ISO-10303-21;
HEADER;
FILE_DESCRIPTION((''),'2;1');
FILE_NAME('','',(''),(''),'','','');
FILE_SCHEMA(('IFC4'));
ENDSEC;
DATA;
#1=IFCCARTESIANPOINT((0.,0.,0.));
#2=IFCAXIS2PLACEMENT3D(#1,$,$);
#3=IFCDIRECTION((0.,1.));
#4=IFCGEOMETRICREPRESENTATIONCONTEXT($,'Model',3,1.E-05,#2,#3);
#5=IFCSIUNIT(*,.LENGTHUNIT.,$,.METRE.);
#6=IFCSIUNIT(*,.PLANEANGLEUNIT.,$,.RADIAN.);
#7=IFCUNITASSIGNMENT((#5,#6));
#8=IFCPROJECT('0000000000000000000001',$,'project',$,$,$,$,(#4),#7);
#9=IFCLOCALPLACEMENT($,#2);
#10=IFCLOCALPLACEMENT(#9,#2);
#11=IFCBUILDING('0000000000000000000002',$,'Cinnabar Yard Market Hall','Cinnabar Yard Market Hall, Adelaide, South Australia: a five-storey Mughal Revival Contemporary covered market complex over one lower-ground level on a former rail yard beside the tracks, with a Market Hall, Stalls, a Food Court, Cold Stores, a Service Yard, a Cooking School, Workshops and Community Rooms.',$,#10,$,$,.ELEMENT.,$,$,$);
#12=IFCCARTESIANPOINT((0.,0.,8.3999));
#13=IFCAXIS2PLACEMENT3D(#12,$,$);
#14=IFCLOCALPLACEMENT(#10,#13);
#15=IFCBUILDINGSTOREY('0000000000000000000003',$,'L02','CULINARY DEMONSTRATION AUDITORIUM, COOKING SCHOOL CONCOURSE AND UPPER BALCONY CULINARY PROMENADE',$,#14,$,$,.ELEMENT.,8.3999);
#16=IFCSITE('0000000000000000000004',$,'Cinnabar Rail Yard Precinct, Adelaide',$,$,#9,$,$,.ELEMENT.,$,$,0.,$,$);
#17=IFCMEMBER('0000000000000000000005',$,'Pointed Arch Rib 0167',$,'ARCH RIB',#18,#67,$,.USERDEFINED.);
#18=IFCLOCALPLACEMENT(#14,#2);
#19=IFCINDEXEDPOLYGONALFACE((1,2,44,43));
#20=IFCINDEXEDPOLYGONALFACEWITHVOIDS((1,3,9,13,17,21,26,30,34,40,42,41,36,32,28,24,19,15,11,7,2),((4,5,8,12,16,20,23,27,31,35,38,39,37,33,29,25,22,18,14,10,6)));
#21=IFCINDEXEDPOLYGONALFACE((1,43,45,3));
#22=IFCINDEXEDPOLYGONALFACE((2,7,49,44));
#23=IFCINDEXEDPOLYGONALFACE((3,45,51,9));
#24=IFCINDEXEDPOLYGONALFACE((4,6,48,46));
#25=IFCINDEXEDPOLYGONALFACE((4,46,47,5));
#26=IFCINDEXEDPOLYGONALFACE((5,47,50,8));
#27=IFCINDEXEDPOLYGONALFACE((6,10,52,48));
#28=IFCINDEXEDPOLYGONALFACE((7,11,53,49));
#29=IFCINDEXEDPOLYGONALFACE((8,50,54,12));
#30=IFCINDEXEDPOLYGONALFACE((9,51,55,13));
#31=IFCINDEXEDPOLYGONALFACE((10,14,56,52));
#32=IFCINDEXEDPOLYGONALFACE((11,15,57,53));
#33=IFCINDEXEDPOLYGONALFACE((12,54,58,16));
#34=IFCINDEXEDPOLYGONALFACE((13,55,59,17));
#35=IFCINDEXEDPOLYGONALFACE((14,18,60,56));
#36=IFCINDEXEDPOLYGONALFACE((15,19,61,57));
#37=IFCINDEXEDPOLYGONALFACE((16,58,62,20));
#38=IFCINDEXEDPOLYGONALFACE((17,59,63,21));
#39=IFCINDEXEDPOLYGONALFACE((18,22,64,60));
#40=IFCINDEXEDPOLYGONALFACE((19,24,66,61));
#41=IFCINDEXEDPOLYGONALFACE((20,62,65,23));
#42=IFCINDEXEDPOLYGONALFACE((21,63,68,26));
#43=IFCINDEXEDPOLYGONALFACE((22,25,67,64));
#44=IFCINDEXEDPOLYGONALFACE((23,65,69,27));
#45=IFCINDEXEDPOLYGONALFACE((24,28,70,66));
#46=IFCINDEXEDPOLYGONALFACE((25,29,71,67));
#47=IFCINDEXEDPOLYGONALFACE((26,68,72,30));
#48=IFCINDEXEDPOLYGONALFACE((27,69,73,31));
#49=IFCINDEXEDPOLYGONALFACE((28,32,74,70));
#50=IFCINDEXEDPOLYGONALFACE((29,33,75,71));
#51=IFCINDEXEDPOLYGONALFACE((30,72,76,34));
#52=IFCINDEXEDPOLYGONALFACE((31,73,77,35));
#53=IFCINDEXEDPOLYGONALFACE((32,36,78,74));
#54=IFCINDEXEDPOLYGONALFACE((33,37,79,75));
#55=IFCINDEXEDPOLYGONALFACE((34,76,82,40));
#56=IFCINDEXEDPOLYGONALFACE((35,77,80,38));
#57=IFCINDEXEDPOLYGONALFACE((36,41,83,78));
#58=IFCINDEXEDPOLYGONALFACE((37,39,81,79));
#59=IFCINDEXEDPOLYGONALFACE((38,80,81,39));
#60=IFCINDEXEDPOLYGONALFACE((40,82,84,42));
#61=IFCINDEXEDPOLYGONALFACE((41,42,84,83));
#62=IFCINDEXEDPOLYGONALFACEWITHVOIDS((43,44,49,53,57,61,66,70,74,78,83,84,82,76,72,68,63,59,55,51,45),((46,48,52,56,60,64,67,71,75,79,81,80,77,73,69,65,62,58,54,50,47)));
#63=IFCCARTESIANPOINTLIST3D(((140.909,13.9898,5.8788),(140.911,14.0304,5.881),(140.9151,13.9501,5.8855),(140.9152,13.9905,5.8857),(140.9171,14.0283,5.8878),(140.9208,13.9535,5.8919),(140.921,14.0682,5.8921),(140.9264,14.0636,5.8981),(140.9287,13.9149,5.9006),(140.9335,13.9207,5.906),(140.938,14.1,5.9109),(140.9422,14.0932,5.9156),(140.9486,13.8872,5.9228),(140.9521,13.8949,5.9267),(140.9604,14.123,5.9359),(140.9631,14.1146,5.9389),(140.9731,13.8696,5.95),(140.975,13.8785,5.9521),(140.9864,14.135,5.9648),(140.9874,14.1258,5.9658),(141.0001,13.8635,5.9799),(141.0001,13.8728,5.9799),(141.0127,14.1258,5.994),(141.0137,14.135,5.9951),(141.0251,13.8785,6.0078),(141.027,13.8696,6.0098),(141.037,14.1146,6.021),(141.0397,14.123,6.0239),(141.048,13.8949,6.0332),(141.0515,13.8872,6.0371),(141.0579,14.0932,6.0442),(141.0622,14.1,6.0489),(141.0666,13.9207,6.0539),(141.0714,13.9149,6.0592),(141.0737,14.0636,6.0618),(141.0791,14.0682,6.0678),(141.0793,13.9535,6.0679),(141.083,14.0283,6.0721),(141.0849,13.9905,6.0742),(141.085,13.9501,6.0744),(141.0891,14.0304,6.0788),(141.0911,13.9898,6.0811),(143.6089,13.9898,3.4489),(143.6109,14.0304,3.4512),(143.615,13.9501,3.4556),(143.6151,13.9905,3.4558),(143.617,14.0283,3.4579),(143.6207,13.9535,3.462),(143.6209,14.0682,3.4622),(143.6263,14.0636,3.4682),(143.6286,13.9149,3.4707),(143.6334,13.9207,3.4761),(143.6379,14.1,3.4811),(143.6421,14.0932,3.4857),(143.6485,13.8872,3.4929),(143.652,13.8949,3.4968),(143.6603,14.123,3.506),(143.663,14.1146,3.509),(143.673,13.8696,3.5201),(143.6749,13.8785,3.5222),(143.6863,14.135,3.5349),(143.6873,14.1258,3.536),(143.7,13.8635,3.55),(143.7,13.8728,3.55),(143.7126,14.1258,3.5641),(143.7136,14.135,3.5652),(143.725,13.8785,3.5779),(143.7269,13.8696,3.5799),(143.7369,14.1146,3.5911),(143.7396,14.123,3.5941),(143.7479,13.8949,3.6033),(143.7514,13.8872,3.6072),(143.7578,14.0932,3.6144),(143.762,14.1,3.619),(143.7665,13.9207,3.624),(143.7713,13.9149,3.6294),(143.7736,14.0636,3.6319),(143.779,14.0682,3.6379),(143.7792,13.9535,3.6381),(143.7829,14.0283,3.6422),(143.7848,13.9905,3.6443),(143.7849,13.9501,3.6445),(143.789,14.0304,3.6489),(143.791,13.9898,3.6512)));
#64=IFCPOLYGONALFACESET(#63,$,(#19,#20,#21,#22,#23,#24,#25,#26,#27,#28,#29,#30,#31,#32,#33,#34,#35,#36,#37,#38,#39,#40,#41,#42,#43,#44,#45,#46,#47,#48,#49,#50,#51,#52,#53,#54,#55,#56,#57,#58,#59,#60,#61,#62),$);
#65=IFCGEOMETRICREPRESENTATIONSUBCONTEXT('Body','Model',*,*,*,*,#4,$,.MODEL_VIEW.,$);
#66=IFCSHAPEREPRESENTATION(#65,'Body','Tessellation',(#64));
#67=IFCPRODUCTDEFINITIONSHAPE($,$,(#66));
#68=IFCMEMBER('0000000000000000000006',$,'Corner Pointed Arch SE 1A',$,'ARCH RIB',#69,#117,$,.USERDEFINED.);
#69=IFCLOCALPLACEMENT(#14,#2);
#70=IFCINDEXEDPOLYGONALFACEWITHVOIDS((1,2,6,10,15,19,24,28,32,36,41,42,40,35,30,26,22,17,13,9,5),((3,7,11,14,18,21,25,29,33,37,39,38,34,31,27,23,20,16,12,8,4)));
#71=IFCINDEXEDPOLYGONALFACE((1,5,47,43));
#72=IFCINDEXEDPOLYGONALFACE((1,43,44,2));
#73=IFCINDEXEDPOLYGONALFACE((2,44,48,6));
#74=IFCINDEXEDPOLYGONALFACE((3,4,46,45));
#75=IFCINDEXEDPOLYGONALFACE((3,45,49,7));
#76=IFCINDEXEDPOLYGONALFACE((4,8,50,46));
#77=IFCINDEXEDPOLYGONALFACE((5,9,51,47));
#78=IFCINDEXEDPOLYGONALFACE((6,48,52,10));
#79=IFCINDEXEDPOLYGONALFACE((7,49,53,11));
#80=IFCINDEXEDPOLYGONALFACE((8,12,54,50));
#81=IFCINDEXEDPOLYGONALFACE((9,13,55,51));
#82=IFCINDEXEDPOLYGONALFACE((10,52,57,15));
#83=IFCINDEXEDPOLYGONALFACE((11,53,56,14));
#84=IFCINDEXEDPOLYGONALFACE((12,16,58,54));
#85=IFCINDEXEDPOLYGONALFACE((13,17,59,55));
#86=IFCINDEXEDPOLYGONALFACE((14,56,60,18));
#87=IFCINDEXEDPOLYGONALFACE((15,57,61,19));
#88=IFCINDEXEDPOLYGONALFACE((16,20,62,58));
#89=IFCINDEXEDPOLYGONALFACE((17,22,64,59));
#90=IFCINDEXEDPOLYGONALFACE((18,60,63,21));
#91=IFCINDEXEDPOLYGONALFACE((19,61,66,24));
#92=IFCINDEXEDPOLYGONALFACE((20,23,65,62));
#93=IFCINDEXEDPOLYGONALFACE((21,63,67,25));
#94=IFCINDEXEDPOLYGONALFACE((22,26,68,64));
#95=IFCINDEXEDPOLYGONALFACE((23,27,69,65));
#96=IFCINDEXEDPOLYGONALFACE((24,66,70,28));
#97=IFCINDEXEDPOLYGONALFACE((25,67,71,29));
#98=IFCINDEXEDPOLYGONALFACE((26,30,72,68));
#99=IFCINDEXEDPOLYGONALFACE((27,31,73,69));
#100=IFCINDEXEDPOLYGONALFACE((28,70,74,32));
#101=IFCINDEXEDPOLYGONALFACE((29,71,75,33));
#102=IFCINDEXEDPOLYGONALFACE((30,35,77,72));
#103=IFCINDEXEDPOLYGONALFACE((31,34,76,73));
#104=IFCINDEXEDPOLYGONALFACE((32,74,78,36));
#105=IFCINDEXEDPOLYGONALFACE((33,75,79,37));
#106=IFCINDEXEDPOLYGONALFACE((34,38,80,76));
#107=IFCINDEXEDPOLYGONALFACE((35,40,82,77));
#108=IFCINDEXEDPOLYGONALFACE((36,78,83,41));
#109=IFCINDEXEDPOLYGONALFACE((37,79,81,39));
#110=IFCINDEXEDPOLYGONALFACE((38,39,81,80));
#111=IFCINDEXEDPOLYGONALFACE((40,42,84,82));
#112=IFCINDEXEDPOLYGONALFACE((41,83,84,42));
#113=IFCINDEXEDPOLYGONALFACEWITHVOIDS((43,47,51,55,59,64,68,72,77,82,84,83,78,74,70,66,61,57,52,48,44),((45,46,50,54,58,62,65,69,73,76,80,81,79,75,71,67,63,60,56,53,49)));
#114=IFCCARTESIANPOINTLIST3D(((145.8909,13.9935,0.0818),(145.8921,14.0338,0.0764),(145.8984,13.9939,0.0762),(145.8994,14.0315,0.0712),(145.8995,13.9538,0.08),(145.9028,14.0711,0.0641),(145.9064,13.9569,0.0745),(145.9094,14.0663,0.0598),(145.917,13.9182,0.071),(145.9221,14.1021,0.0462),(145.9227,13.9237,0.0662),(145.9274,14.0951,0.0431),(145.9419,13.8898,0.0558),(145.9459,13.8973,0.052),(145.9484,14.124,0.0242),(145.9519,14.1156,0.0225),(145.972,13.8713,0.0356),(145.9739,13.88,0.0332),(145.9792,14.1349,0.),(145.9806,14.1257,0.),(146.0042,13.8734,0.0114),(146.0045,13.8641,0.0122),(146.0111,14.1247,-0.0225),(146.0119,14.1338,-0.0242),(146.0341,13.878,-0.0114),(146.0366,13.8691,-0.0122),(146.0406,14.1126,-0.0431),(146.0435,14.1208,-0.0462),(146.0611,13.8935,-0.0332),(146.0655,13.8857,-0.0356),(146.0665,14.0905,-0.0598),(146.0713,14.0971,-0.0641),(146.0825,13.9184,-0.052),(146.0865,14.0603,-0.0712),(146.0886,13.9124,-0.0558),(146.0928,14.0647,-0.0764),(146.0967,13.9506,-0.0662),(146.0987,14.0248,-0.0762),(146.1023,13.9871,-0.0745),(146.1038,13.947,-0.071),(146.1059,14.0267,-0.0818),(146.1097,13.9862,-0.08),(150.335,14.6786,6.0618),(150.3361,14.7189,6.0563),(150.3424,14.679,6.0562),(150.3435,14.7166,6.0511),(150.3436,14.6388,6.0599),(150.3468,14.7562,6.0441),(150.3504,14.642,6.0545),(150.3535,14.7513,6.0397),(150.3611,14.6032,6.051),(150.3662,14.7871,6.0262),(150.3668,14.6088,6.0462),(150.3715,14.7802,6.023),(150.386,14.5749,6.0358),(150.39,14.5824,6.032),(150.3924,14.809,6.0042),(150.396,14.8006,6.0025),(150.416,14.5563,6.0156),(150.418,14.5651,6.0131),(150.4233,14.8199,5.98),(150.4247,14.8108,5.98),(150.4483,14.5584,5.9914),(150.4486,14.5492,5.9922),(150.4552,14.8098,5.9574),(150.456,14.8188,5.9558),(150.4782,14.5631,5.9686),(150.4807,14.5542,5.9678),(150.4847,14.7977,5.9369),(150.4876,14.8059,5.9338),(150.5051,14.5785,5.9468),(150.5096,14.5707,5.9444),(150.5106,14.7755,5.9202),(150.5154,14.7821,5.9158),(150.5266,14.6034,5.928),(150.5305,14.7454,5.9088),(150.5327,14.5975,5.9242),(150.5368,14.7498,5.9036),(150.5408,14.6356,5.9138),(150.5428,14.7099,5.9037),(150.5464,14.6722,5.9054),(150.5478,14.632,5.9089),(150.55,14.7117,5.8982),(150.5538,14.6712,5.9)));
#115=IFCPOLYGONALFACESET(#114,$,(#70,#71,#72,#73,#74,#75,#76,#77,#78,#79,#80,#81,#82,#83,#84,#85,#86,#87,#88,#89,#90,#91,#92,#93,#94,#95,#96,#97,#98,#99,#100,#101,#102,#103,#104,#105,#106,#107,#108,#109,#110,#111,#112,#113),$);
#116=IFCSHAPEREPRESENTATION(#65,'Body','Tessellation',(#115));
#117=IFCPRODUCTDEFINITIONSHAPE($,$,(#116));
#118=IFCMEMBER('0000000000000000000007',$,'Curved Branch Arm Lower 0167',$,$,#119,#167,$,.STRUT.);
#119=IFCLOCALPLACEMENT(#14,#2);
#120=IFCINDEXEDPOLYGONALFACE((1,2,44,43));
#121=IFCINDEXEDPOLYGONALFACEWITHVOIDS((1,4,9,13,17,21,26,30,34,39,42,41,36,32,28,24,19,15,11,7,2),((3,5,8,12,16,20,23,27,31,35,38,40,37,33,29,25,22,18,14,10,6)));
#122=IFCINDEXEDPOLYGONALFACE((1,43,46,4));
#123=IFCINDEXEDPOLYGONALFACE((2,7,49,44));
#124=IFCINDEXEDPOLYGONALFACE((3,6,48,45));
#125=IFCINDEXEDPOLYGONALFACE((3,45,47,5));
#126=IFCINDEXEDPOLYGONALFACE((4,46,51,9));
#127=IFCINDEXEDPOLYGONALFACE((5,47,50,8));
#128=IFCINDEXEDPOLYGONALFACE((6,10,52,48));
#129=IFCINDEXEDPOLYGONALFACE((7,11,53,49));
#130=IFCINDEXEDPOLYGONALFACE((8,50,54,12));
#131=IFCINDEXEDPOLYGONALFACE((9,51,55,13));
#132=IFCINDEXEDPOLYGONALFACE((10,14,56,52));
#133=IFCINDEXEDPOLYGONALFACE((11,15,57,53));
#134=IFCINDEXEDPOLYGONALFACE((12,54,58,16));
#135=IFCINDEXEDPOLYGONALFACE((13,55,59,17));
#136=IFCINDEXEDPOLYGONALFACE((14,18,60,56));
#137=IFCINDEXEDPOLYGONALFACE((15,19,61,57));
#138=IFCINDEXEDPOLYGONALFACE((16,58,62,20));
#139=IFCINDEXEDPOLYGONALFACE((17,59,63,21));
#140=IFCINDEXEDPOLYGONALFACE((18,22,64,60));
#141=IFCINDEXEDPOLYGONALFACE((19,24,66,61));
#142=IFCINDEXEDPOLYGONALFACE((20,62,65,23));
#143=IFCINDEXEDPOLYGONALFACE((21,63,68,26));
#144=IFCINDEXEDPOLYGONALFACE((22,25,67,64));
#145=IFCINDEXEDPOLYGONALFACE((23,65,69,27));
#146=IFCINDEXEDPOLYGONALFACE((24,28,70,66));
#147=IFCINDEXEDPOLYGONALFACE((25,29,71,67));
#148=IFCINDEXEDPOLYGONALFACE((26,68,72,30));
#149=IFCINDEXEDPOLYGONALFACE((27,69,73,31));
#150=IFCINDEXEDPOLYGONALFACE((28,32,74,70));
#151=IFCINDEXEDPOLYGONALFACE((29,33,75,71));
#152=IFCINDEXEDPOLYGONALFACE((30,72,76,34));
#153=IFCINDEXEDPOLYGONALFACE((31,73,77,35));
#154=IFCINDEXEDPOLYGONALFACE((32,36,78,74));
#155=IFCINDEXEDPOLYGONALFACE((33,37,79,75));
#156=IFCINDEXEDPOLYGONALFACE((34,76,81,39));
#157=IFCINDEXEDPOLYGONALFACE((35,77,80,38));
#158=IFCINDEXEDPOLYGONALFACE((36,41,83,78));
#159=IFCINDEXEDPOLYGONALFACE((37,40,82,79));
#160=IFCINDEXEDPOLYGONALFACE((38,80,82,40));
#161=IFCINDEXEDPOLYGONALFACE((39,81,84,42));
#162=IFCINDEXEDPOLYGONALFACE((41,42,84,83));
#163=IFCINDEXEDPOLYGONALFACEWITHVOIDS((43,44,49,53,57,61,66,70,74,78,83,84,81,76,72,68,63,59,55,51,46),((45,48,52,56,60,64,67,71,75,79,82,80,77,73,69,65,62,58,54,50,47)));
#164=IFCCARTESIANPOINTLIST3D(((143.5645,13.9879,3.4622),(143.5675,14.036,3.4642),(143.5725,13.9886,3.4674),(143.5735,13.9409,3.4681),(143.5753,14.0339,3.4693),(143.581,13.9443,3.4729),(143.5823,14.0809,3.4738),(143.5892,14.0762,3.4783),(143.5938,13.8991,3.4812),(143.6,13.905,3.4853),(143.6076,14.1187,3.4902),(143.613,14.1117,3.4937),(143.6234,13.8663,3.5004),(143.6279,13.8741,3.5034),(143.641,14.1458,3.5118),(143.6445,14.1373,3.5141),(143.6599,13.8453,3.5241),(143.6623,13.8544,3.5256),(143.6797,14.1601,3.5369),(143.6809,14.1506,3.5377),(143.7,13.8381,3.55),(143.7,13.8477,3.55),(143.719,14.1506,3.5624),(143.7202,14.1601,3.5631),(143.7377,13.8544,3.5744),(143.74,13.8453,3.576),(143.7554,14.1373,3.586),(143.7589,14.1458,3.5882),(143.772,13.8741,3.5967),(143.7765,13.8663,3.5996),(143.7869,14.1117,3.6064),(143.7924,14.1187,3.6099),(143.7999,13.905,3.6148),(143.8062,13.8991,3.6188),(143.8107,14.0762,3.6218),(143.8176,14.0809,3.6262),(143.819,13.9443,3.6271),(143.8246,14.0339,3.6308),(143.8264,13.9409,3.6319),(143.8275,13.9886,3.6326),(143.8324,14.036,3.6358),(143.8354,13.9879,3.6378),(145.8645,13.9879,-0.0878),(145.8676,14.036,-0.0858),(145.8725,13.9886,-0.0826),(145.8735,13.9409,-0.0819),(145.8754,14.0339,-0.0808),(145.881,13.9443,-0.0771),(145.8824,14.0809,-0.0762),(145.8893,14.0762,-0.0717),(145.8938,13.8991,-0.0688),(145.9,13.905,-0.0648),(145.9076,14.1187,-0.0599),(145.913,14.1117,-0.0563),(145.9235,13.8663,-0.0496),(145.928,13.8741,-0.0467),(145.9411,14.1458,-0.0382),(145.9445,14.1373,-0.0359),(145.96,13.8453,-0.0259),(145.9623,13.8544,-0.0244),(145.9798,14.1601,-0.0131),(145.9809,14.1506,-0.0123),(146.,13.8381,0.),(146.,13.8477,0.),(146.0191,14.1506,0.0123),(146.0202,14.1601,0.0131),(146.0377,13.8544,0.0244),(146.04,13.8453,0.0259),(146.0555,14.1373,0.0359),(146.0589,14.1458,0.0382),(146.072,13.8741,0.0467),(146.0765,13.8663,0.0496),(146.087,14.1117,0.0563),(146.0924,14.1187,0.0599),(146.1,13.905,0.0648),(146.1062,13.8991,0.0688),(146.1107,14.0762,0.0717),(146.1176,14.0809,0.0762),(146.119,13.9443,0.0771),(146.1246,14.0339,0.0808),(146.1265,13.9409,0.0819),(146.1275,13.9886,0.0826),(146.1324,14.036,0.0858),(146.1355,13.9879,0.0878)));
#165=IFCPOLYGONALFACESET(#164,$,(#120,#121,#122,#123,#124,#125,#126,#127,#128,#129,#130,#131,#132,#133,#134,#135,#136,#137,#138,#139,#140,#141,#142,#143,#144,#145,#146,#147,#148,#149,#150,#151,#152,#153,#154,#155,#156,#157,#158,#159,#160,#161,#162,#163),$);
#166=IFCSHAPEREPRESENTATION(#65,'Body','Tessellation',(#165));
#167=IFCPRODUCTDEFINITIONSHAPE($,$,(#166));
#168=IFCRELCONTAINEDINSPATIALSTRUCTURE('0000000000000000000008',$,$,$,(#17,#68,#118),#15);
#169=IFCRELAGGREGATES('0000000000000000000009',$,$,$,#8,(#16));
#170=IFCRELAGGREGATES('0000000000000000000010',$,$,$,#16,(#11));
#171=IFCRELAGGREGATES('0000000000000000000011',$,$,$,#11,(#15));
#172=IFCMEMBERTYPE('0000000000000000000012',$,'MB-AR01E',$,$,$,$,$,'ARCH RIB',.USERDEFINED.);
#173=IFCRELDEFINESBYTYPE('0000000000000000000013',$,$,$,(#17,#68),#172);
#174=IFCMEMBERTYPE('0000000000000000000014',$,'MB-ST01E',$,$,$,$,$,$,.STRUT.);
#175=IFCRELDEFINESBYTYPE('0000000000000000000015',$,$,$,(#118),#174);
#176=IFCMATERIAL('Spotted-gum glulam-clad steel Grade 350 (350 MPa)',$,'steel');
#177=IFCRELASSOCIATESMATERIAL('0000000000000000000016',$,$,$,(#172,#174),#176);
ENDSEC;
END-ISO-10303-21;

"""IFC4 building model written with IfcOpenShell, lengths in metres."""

from ifc_helpers import new_model, si_unit, direction, frame, origin, origin_2d_with_axis, place, context, subcontext, project, spatial, hollow_circle, extrude, material, material_profile, profile_set, type_object, element, save


model = new_model("IFC4")

# Units and contexts
model_context = context("Model", 3, precision=1e-05, world=origin(), true_north=direction((0.0, 1.0)))
body_context = subcontext(model_context, "Body", "Model", "MODEL_VIEW")
ifc_project = project(units=[si_unit("LENGTHUNIT", "METRE"), si_unit("PLANEANGLEUNIT", "RADIAN")], contexts=[model_context])

# Site, building, storey
site_placement = place(None, origin())
site = spatial("IfcSite", under=ifc_project, at=site_placement, Name="Cinnabar Rail Yard Precinct, Adelaide", CompositionType="ELEMENT", RefElevation=0.0)
building_placement = place(site_placement, origin())
building = spatial("IfcBuilding", under=site, at=building_placement, Name="Cinnabar Yard Market Hall", Description="Cinnabar Yard Market Hall, Adelaide, South Australia: a five-storey Mughal Revival Contemporary covered market complex over one lower-ground level on a former rail yard beside the tracks, with a Market Hall, Stalls, a Food Court, Cold Stores, a Service Yard, a Cooking School, Workshops and Community Rooms.", CompositionType="ELEMENT")
storey_placement = place(building_placement, frame((0.0, 0.0, 8.3999)))
storey = spatial("IfcBuildingStorey", under=building, at=storey_placement, Name="L02", Description="CULINARY DEMONSTRATION AUDITORIUM, COOKING SCHOOL CONCOURSE AND UPPER BALCONY CULINARY PROMENADE", CompositionType="ELEMENT", Elevation=8.3999)

# Shared definitions
ifc_material_1 = material(Name="Spotted-gum glulam-clad steel Grade 350 (350 MPa)", Category="steel")

# Members
ifc_material_profile_1 = material_profile(ifc_material_1, hollow_circle(Radius=0.1365, WallThickness=0.0093, at=origin_2d_with_axis()), Name="273.1x9.3CHS")
ifc_profile_set_1 = profile_set([ifc_material_profile_1], Name="Spotted-gum glulam-clad steel Grade 350 (350 MPa)")
member_type_1 = type_object("IfcMemberType", Name="MB-AR01E", ElementType="ARCH RIB", PredefinedType="USERDEFINED", material=ifc_profile_set_1)
for number, where, z_axis, x_axis, name in (
    (1, (143.7, 14.0, 3.55), (-0.743297, 0.0, 0.668961), (0.0, -1.0, 0.0), "Pointed Arch Rib 0167"),
):
    element("IfcMember", number, at=place(storey_placement, frame(where, z_axis=z_axis, x_axis=x_axis)), inside=storey, type_object=member_type_1, Name=name, ObjectType="ARCH RIB", PredefinedType="USERDEFINED", context=body_context, shape_type="SweptSolid", body=[
        extrude(hollow_circle(Radius=0.1365, WallThickness=0.0093, at=origin_2d_with_axis()), origin(), (0.0, 0.0, 1.0), 3.6323),
    ])
member_1_placement = place(storey_placement, frame((146.0, 14.0, 0.0), z_axis=(0.593976, 0.091562, 0.799255), x_axis=(-0.152351, 0.988326, 0.0)))
element("IfcMember", 2, at=member_1_placement, inside=storey, type_object=member_type_1, Name="Corner Pointed Arch SE 1A", ObjectType="ARCH RIB", PredefinedType="USERDEFINED", context=body_context, shape_type="SweptSolid", body=[
    extrude(hollow_circle(Radius=0.1365, WallThickness=0.0093, at=origin_2d_with_axis()), origin(), (0.0, 0.0, 1.0), 7.4819),
])
ifc_material_profile_2 = material_profile(ifc_material_1, hollow_circle(Radius=0.1619, WallThickness=0.0095, at=origin_2d_with_axis()), Name="323.9x9.5CHS")
ifc_profile_set_2 = profile_set([ifc_material_profile_2], Name="Spotted-gum glulam-clad steel Grade 350 (350 MPa)")
member_type_2 = type_object("IfcMemberType", Name="MB-ST01E", PredefinedType="STRUT", material=ifc_profile_set_2)
member_2_placement = place(storey_placement, frame((146.0, 14.0, 0.0), z_axis=(-0.543744, 0.0, 0.839251), x_axis=(0.0, -1.0, 0.0)))
element("IfcMember", 3, at=member_2_placement, inside=storey, type_object=member_type_2, Name="Curved Branch Arm Lower 0167", PredefinedType="STRUT", context=body_context, shape_type="SweptSolid", body=[
    extrude(hollow_circle(Radius=0.1619, WallThickness=0.0095, at=origin_2d_with_axis()), origin(), (0.0, 0.0, 1.0), 4.23),
])

save(model, "model.ifc")
